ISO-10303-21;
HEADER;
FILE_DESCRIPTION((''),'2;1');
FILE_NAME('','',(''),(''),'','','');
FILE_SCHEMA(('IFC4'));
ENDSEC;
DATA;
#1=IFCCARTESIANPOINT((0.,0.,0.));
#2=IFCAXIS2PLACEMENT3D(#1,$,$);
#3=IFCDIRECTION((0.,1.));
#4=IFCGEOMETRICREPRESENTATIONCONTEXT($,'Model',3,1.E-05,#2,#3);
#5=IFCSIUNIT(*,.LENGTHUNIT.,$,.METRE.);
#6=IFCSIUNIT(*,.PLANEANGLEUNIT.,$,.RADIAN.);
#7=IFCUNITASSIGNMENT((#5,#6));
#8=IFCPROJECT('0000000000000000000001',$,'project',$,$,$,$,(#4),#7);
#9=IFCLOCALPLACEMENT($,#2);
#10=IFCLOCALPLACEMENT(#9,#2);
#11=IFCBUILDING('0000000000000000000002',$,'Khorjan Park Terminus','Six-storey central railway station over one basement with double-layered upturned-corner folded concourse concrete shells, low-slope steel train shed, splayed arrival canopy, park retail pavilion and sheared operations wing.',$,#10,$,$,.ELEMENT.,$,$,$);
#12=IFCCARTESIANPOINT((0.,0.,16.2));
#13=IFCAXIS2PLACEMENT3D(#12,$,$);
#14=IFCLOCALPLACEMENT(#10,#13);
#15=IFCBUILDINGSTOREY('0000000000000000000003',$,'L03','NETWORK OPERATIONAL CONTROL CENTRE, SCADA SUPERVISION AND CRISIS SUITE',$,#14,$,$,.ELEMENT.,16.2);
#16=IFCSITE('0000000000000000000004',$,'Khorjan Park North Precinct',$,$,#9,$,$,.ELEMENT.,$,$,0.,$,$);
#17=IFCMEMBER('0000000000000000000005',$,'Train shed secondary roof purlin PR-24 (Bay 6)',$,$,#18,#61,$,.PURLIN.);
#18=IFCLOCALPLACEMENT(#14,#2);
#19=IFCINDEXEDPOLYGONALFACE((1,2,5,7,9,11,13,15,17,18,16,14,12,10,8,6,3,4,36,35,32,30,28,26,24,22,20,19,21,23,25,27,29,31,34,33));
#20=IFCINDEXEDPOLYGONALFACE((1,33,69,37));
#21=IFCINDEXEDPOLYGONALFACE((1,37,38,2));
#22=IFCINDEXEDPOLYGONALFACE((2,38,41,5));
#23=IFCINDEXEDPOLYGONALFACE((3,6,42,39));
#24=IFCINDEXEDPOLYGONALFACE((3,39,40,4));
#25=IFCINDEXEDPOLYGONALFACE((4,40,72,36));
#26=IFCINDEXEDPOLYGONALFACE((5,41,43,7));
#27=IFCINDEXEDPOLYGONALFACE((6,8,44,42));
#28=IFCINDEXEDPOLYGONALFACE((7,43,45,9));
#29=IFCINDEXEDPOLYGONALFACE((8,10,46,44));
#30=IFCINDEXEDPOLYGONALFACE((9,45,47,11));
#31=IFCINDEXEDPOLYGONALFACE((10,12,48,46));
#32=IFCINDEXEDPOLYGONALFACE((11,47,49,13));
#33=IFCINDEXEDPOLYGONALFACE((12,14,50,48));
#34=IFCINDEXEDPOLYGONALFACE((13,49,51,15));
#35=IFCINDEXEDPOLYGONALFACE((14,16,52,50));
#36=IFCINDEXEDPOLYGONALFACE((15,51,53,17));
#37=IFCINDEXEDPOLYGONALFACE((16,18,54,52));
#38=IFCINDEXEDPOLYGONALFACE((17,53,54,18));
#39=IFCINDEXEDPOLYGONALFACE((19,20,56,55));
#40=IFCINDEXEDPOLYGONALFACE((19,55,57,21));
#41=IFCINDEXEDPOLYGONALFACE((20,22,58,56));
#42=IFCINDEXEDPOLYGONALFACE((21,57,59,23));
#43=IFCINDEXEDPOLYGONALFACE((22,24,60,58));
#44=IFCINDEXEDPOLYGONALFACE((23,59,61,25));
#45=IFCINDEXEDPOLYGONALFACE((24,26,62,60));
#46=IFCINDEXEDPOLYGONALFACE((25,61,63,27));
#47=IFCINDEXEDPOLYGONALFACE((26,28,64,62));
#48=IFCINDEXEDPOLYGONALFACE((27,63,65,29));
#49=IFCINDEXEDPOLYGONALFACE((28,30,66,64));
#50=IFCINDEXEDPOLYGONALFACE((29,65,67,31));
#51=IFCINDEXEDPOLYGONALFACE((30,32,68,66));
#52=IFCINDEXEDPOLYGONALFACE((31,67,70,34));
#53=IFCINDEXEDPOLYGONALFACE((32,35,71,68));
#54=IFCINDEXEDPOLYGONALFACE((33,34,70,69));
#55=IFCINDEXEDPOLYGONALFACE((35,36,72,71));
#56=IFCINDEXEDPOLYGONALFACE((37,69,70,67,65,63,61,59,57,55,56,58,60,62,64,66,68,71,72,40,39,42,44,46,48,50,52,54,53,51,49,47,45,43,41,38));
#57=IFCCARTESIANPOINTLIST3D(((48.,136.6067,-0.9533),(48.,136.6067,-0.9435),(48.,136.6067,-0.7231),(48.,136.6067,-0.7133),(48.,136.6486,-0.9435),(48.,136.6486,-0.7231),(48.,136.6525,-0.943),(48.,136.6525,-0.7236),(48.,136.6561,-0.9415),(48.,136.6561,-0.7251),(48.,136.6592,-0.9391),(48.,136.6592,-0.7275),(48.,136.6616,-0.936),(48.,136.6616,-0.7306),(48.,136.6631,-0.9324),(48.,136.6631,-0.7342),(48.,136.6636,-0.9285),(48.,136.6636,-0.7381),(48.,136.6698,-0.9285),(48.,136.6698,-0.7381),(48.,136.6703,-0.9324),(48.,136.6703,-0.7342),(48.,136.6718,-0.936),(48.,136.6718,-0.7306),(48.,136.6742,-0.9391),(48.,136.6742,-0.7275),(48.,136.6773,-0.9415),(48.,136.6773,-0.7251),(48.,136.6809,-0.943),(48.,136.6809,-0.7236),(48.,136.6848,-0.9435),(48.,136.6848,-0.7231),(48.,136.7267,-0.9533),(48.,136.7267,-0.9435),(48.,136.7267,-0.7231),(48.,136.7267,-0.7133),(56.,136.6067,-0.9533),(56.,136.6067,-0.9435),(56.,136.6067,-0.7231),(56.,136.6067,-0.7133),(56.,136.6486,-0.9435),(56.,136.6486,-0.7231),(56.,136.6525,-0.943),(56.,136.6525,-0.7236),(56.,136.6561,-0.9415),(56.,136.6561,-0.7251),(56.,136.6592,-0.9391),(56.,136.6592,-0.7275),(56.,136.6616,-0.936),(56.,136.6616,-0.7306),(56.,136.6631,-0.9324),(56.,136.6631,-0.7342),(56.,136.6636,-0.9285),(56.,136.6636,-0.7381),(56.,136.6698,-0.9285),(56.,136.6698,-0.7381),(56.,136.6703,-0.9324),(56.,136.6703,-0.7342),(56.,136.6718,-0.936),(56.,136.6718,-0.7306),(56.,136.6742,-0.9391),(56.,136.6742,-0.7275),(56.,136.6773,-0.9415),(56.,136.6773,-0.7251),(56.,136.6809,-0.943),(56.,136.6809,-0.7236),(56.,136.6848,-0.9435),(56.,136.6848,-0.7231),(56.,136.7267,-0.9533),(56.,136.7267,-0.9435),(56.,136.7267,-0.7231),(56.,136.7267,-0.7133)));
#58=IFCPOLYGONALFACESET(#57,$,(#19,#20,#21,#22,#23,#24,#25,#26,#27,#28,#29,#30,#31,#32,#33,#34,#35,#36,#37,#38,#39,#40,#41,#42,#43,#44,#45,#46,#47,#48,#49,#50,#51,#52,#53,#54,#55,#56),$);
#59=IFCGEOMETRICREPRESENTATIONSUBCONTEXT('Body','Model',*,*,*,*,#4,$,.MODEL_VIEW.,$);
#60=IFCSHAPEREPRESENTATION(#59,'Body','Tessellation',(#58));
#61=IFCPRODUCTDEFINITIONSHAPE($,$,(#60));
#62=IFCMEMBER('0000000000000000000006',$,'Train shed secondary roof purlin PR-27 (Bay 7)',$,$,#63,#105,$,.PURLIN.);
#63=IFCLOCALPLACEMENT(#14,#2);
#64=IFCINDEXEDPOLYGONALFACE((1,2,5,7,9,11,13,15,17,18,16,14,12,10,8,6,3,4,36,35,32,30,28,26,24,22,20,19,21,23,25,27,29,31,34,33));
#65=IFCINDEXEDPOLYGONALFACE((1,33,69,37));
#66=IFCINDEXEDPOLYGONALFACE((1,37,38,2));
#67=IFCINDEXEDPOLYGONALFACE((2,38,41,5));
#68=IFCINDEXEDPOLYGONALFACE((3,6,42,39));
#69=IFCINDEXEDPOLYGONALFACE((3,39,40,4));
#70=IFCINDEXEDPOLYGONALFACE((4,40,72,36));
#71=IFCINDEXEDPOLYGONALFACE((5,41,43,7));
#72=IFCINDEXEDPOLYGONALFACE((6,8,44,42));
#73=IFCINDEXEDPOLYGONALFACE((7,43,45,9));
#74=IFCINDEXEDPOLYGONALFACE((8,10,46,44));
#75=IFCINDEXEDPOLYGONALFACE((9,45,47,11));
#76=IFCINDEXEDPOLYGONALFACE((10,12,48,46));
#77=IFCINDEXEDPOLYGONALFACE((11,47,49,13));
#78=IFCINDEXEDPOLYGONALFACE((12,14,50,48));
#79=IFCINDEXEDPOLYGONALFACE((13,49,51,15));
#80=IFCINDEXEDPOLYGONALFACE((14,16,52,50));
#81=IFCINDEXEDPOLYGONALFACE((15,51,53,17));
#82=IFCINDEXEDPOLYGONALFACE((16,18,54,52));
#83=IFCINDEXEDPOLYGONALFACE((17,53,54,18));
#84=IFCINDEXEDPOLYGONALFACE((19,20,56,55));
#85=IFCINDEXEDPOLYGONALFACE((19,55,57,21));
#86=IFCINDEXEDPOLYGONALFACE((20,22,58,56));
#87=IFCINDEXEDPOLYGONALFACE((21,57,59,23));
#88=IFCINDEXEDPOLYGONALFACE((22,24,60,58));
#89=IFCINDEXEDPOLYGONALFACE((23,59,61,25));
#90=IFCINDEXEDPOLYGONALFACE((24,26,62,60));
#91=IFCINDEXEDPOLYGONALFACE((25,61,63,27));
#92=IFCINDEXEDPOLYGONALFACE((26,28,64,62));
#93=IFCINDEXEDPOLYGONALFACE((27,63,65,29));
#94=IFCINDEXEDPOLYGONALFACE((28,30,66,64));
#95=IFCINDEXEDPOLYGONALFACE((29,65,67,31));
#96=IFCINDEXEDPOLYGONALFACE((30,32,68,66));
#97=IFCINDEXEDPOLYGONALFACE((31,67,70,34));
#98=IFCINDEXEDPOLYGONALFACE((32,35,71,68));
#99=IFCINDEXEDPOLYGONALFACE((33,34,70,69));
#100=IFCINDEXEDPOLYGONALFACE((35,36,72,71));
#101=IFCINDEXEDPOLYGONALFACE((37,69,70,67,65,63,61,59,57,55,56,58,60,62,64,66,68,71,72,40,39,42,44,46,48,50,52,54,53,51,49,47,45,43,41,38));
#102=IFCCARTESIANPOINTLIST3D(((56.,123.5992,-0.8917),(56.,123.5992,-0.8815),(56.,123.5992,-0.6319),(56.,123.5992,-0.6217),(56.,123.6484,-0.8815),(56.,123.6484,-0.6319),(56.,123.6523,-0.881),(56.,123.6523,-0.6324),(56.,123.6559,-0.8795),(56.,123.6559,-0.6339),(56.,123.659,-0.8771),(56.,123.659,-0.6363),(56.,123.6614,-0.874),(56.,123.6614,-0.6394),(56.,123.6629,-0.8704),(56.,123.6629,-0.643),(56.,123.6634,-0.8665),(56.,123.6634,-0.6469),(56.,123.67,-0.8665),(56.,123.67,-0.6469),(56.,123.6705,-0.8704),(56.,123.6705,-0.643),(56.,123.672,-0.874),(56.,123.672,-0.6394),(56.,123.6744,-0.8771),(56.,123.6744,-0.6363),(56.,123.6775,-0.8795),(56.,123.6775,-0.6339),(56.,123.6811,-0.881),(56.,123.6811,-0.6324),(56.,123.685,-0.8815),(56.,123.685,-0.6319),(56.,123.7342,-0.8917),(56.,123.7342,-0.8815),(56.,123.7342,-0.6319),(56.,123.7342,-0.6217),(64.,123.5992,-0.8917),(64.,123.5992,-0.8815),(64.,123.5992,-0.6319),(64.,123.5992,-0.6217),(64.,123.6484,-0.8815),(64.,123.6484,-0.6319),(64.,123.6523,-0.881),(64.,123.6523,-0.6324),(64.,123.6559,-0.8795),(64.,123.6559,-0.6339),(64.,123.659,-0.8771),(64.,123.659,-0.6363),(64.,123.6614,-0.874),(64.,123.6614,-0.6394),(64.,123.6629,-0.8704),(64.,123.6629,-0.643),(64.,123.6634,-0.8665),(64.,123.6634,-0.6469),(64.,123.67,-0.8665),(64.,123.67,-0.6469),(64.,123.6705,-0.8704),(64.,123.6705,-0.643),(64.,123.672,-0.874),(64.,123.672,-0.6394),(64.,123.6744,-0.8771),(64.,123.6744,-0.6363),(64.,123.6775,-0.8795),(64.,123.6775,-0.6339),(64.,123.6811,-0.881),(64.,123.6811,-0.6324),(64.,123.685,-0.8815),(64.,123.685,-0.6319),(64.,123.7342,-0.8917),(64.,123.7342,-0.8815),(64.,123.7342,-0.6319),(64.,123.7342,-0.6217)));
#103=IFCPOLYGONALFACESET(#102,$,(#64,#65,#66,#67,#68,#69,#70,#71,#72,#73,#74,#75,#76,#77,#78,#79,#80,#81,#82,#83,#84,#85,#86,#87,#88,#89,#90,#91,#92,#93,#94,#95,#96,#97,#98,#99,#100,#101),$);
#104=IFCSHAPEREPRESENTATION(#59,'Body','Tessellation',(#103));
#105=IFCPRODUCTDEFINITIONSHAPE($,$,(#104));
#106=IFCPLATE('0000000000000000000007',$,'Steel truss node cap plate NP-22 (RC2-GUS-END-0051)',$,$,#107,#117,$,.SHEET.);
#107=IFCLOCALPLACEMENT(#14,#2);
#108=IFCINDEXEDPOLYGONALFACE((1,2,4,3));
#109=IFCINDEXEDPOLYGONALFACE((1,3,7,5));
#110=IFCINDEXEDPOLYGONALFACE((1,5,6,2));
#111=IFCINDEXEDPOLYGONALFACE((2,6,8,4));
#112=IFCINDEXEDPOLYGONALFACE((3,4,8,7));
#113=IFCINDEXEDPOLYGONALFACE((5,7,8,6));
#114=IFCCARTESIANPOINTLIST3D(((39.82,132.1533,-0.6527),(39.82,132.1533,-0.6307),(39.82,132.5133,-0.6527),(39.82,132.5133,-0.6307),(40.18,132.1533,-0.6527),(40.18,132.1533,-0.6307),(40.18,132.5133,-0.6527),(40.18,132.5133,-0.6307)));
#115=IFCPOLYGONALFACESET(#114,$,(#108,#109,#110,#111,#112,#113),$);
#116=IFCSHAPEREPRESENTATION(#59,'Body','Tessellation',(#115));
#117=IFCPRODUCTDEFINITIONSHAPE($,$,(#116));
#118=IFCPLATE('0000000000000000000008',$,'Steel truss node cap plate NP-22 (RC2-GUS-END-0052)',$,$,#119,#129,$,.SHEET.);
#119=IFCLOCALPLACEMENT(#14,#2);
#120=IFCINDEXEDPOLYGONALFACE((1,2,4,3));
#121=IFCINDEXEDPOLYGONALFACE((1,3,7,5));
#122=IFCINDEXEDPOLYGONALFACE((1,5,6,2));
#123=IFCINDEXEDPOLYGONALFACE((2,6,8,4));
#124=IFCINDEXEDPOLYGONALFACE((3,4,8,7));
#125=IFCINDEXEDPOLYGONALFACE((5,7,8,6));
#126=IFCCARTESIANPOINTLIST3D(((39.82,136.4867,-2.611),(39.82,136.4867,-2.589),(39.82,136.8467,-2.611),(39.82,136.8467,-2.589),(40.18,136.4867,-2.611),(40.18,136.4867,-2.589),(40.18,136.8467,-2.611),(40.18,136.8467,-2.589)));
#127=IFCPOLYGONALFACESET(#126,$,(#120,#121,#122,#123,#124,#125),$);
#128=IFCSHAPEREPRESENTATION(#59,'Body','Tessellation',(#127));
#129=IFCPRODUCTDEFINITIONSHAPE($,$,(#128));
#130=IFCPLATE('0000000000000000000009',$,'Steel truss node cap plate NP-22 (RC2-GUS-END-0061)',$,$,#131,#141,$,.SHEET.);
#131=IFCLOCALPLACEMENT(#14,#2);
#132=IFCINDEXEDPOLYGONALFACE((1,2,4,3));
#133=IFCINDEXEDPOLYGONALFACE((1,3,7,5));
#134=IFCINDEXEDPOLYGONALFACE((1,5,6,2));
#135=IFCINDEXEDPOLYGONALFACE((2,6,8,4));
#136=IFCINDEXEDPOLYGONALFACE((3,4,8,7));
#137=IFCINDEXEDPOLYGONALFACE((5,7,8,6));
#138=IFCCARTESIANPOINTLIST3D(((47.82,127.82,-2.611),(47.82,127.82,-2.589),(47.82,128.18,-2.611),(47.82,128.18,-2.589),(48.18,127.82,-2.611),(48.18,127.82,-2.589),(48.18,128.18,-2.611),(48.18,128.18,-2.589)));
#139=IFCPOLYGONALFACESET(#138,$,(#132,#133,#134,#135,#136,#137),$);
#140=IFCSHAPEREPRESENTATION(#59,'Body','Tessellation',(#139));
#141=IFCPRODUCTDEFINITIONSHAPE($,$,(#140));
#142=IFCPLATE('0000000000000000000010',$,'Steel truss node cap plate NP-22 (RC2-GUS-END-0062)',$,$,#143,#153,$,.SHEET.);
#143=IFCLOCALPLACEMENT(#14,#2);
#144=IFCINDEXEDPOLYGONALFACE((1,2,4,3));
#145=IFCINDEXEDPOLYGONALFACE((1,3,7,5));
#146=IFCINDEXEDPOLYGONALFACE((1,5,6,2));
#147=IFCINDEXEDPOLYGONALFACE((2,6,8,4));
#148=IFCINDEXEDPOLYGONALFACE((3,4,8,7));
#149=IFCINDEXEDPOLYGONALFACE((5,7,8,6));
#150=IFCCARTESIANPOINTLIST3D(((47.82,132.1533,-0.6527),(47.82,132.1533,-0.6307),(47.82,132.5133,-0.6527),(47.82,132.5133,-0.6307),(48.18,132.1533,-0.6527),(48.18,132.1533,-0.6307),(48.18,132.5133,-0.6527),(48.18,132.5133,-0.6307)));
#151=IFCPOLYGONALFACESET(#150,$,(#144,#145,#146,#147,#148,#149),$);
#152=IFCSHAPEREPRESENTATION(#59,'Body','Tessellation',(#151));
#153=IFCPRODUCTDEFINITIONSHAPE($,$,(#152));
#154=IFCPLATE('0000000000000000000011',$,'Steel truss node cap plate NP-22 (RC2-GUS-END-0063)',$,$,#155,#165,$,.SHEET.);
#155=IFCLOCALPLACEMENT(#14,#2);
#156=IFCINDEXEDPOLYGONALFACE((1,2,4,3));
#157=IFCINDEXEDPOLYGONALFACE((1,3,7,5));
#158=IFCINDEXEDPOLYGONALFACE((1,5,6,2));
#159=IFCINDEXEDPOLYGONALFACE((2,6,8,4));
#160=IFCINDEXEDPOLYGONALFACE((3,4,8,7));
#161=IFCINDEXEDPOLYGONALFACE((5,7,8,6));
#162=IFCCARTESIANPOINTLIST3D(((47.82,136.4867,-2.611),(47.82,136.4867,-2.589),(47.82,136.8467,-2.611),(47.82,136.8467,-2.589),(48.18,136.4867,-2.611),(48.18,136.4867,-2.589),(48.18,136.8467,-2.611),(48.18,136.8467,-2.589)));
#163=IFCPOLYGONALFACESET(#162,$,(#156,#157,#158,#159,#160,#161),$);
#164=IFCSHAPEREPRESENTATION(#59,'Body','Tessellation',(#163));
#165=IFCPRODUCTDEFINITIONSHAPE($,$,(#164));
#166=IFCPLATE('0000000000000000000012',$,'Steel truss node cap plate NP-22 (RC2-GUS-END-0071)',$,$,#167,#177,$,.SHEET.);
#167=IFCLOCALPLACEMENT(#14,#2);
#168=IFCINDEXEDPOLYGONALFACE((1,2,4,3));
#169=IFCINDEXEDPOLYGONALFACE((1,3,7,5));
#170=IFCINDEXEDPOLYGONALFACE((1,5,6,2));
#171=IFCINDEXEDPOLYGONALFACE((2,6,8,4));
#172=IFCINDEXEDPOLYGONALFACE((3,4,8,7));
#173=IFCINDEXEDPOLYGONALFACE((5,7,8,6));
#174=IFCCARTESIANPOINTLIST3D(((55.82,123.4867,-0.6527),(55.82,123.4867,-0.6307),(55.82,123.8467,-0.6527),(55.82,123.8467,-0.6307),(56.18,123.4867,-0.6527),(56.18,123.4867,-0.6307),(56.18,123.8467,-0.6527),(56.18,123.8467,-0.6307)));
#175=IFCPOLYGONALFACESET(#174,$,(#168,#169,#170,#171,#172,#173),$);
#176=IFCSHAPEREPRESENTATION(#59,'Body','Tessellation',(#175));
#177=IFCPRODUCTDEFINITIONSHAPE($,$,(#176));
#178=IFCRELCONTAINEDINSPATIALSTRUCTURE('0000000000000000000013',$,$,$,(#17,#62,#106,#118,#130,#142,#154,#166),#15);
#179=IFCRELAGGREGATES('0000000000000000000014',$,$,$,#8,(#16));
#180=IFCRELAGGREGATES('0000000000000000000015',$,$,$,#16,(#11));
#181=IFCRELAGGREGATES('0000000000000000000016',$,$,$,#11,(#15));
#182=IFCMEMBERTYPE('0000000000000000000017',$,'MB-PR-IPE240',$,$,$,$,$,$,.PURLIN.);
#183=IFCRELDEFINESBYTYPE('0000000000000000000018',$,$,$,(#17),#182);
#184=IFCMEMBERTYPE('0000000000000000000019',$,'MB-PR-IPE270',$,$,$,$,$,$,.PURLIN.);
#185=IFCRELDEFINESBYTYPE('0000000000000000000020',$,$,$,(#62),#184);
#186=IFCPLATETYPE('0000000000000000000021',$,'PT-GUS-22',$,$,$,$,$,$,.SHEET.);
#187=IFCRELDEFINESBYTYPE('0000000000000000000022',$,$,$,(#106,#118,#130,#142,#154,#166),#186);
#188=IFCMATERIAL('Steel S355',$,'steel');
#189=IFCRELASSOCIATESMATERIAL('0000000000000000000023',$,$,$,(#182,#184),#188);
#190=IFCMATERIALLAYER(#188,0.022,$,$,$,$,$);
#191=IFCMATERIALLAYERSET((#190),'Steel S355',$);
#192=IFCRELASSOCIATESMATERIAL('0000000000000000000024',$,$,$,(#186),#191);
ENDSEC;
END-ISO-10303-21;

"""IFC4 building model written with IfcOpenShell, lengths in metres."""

from ifc_helpers import new_model, si_unit, direction, frame, origin, origin_2d, place, context, subcontext, project, spatial, rectangle, i_section, extrude, material, layer, layer_set, material_profile, profile_set, type_object, element, save


model = new_model("IFC4")

# Units and contexts
model_context = context("Model", 3, precision=1e-05, world=origin(), true_north=direction((0.0, 1.0)))
body_context = subcontext(model_context, "Body", "Model", "MODEL_VIEW")
ifc_project = project(units=[si_unit("LENGTHUNIT", "METRE"), si_unit("PLANEANGLEUNIT", "RADIAN")], contexts=[model_context])

# Site, building, storey
site_placement = place(None, origin())
site = spatial("IfcSite", under=ifc_project, at=site_placement, Name="Khorjan Park North Precinct", CompositionType="ELEMENT", RefElevation=0.0)
building_placement = place(site_placement, origin())
building = spatial("IfcBuilding", under=site, at=building_placement, Name="Khorjan Park Terminus", Description="Six-storey central railway station over one basement with double-layered upturned-corner folded concourse concrete shells, low-slope steel train shed, splayed arrival canopy, park retail pavilion and sheared operations wing.", CompositionType="ELEMENT")
storey_placement = place(building_placement, frame((0.0, 0.0, 16.2)))
storey = spatial("IfcBuildingStorey", under=building, at=storey_placement, Name="L03", Description="NETWORK OPERATIONAL CONTROL CENTRE, SCADA SUPERVISION AND CRISIS SUITE", CompositionType="ELEMENT", Elevation=16.2)

# Members
ifc_material = material(Name="Steel S355", Category="steel")
ifc_material_profile_1 = material_profile(ifc_material, i_section(OverallWidth=0.12, OverallDepth=0.24, WebThickness=0.0062, FlangeThickness=0.0098, FilletRadius=0.015, at=origin_2d()), Name="IPE 240")
ifc_profile_set_1 = profile_set([ifc_material_profile_1], Name="Steel S355")
member_type_1 = type_object("IfcMemberType", Name="MB-PR-IPE240", PredefinedType="PURLIN", material=ifc_profile_set_1)
for number, where, z_axis, x_axis, name in (
    (1, (48.0, 136.6667, -0.8333), (1.0, 0.0, 0.0), (0.0, 1.0, 0.0), "Train shed secondary roof purlin PR-24 (Bay 6)"),
):
    element("IfcMember", number, at=place(storey_placement, frame(where, z_axis=z_axis, x_axis=x_axis)), inside=storey, type_object=member_type_1, Name=name, PredefinedType="PURLIN", context=body_context, shape_type="SweptSolid", body=[
        extrude(i_section(OverallWidth=0.12, OverallDepth=0.24, WebThickness=0.0062, FlangeThickness=0.0098, FilletRadius=0.015, at=origin_2d()), origin(), (0.0, 0.0, 1.0), 8.0),
    ])
ifc_material_profile_2 = material_profile(ifc_material, i_section(OverallWidth=0.135, OverallDepth=0.27, WebThickness=0.0066, FlangeThickness=0.0102, FilletRadius=0.015, at=origin_2d()), Name="IPE 270")
ifc_profile_set_2 = profile_set([ifc_material_profile_2], Name="Steel S355")
member_type_2 = type_object("IfcMemberType", Name="MB-PR-IPE270", PredefinedType="PURLIN", material=ifc_profile_set_2)
member_1_placement = place(storey_placement, frame((56.0, 123.6667, -0.7567), z_axis=(1.0, 0.0, 0.0), x_axis=(0.0, 1.0, 0.0)))
element("IfcMember", 2, at=member_1_placement, inside=storey, type_object=member_type_2, Name="Train shed secondary roof purlin PR-27 (Bay 7)", PredefinedType="PURLIN", context=body_context, shape_type="SweptSolid", body=[
    extrude(i_section(OverallWidth=0.135, OverallDepth=0.27, WebThickness=0.0066, FlangeThickness=0.0102, FilletRadius=0.015, at=origin_2d()), origin(), (0.0, 0.0, 1.0), 8.0),
])

# Plates
ifc_layer = layer(ifc_material, 0.022)
ifc_layer_set = layer_set([ifc_layer], Name="Steel S355")
plate_type = type_object("IfcPlateType", Name="PT-GUS-22", PredefinedType="SHEET", material=ifc_layer_set)
for number, where, z_axis, x_axis, name in (
    (3, (40.0, 132.3333, -0.6527), (0.0, 0.0, 1.0), (1.0, 0.0, 0.0), "Steel truss node cap plate NP-22 (RC2-GUS-END-0051)"),
    (4, (40.0, 136.6667, -2.611), (0.0, 0.0, 1.0), (1.0, 0.0, 0.0), "Steel truss node cap plate NP-22 (RC2-GUS-END-0052)"),
    (5, (48.0, 128.0, -2.611), (0.0, 0.0, 1.0), (1.0, 0.0, 0.0), "Steel truss node cap plate NP-22 (RC2-GUS-END-0061)"),
    (6, (48.0, 132.3333, -0.6527), (0.0, 0.0, 1.0), (1.0, 0.0, 0.0), "Steel truss node cap plate NP-22 (RC2-GUS-END-0062)"),
    (7, (48.0, 136.6667, -2.611), (0.0, 0.0, 1.0), (1.0, 0.0, 0.0), "Steel truss node cap plate NP-22 (RC2-GUS-END-0063)"),
    (8, (56.0, 123.6667, -0.6527), (0.0, 0.0, 1.0), (1.0, 0.0, 0.0), "Steel truss node cap plate NP-22 (RC2-GUS-END-0071)"),
):
    element("IfcPlate", number, at=place(storey_placement, frame(where, z_axis=z_axis, x_axis=x_axis)), inside=storey, type_object=plate_type, Name=name, PredefinedType="SHEET", context=body_context, shape_type="SweptSolid", body=[
        extrude(rectangle(XDim=0.36, YDim=0.36, at=origin_2d()), origin(), (0.0, 0.0, 1.0), 0.022),
    ])

save(model, "model.ifc")
